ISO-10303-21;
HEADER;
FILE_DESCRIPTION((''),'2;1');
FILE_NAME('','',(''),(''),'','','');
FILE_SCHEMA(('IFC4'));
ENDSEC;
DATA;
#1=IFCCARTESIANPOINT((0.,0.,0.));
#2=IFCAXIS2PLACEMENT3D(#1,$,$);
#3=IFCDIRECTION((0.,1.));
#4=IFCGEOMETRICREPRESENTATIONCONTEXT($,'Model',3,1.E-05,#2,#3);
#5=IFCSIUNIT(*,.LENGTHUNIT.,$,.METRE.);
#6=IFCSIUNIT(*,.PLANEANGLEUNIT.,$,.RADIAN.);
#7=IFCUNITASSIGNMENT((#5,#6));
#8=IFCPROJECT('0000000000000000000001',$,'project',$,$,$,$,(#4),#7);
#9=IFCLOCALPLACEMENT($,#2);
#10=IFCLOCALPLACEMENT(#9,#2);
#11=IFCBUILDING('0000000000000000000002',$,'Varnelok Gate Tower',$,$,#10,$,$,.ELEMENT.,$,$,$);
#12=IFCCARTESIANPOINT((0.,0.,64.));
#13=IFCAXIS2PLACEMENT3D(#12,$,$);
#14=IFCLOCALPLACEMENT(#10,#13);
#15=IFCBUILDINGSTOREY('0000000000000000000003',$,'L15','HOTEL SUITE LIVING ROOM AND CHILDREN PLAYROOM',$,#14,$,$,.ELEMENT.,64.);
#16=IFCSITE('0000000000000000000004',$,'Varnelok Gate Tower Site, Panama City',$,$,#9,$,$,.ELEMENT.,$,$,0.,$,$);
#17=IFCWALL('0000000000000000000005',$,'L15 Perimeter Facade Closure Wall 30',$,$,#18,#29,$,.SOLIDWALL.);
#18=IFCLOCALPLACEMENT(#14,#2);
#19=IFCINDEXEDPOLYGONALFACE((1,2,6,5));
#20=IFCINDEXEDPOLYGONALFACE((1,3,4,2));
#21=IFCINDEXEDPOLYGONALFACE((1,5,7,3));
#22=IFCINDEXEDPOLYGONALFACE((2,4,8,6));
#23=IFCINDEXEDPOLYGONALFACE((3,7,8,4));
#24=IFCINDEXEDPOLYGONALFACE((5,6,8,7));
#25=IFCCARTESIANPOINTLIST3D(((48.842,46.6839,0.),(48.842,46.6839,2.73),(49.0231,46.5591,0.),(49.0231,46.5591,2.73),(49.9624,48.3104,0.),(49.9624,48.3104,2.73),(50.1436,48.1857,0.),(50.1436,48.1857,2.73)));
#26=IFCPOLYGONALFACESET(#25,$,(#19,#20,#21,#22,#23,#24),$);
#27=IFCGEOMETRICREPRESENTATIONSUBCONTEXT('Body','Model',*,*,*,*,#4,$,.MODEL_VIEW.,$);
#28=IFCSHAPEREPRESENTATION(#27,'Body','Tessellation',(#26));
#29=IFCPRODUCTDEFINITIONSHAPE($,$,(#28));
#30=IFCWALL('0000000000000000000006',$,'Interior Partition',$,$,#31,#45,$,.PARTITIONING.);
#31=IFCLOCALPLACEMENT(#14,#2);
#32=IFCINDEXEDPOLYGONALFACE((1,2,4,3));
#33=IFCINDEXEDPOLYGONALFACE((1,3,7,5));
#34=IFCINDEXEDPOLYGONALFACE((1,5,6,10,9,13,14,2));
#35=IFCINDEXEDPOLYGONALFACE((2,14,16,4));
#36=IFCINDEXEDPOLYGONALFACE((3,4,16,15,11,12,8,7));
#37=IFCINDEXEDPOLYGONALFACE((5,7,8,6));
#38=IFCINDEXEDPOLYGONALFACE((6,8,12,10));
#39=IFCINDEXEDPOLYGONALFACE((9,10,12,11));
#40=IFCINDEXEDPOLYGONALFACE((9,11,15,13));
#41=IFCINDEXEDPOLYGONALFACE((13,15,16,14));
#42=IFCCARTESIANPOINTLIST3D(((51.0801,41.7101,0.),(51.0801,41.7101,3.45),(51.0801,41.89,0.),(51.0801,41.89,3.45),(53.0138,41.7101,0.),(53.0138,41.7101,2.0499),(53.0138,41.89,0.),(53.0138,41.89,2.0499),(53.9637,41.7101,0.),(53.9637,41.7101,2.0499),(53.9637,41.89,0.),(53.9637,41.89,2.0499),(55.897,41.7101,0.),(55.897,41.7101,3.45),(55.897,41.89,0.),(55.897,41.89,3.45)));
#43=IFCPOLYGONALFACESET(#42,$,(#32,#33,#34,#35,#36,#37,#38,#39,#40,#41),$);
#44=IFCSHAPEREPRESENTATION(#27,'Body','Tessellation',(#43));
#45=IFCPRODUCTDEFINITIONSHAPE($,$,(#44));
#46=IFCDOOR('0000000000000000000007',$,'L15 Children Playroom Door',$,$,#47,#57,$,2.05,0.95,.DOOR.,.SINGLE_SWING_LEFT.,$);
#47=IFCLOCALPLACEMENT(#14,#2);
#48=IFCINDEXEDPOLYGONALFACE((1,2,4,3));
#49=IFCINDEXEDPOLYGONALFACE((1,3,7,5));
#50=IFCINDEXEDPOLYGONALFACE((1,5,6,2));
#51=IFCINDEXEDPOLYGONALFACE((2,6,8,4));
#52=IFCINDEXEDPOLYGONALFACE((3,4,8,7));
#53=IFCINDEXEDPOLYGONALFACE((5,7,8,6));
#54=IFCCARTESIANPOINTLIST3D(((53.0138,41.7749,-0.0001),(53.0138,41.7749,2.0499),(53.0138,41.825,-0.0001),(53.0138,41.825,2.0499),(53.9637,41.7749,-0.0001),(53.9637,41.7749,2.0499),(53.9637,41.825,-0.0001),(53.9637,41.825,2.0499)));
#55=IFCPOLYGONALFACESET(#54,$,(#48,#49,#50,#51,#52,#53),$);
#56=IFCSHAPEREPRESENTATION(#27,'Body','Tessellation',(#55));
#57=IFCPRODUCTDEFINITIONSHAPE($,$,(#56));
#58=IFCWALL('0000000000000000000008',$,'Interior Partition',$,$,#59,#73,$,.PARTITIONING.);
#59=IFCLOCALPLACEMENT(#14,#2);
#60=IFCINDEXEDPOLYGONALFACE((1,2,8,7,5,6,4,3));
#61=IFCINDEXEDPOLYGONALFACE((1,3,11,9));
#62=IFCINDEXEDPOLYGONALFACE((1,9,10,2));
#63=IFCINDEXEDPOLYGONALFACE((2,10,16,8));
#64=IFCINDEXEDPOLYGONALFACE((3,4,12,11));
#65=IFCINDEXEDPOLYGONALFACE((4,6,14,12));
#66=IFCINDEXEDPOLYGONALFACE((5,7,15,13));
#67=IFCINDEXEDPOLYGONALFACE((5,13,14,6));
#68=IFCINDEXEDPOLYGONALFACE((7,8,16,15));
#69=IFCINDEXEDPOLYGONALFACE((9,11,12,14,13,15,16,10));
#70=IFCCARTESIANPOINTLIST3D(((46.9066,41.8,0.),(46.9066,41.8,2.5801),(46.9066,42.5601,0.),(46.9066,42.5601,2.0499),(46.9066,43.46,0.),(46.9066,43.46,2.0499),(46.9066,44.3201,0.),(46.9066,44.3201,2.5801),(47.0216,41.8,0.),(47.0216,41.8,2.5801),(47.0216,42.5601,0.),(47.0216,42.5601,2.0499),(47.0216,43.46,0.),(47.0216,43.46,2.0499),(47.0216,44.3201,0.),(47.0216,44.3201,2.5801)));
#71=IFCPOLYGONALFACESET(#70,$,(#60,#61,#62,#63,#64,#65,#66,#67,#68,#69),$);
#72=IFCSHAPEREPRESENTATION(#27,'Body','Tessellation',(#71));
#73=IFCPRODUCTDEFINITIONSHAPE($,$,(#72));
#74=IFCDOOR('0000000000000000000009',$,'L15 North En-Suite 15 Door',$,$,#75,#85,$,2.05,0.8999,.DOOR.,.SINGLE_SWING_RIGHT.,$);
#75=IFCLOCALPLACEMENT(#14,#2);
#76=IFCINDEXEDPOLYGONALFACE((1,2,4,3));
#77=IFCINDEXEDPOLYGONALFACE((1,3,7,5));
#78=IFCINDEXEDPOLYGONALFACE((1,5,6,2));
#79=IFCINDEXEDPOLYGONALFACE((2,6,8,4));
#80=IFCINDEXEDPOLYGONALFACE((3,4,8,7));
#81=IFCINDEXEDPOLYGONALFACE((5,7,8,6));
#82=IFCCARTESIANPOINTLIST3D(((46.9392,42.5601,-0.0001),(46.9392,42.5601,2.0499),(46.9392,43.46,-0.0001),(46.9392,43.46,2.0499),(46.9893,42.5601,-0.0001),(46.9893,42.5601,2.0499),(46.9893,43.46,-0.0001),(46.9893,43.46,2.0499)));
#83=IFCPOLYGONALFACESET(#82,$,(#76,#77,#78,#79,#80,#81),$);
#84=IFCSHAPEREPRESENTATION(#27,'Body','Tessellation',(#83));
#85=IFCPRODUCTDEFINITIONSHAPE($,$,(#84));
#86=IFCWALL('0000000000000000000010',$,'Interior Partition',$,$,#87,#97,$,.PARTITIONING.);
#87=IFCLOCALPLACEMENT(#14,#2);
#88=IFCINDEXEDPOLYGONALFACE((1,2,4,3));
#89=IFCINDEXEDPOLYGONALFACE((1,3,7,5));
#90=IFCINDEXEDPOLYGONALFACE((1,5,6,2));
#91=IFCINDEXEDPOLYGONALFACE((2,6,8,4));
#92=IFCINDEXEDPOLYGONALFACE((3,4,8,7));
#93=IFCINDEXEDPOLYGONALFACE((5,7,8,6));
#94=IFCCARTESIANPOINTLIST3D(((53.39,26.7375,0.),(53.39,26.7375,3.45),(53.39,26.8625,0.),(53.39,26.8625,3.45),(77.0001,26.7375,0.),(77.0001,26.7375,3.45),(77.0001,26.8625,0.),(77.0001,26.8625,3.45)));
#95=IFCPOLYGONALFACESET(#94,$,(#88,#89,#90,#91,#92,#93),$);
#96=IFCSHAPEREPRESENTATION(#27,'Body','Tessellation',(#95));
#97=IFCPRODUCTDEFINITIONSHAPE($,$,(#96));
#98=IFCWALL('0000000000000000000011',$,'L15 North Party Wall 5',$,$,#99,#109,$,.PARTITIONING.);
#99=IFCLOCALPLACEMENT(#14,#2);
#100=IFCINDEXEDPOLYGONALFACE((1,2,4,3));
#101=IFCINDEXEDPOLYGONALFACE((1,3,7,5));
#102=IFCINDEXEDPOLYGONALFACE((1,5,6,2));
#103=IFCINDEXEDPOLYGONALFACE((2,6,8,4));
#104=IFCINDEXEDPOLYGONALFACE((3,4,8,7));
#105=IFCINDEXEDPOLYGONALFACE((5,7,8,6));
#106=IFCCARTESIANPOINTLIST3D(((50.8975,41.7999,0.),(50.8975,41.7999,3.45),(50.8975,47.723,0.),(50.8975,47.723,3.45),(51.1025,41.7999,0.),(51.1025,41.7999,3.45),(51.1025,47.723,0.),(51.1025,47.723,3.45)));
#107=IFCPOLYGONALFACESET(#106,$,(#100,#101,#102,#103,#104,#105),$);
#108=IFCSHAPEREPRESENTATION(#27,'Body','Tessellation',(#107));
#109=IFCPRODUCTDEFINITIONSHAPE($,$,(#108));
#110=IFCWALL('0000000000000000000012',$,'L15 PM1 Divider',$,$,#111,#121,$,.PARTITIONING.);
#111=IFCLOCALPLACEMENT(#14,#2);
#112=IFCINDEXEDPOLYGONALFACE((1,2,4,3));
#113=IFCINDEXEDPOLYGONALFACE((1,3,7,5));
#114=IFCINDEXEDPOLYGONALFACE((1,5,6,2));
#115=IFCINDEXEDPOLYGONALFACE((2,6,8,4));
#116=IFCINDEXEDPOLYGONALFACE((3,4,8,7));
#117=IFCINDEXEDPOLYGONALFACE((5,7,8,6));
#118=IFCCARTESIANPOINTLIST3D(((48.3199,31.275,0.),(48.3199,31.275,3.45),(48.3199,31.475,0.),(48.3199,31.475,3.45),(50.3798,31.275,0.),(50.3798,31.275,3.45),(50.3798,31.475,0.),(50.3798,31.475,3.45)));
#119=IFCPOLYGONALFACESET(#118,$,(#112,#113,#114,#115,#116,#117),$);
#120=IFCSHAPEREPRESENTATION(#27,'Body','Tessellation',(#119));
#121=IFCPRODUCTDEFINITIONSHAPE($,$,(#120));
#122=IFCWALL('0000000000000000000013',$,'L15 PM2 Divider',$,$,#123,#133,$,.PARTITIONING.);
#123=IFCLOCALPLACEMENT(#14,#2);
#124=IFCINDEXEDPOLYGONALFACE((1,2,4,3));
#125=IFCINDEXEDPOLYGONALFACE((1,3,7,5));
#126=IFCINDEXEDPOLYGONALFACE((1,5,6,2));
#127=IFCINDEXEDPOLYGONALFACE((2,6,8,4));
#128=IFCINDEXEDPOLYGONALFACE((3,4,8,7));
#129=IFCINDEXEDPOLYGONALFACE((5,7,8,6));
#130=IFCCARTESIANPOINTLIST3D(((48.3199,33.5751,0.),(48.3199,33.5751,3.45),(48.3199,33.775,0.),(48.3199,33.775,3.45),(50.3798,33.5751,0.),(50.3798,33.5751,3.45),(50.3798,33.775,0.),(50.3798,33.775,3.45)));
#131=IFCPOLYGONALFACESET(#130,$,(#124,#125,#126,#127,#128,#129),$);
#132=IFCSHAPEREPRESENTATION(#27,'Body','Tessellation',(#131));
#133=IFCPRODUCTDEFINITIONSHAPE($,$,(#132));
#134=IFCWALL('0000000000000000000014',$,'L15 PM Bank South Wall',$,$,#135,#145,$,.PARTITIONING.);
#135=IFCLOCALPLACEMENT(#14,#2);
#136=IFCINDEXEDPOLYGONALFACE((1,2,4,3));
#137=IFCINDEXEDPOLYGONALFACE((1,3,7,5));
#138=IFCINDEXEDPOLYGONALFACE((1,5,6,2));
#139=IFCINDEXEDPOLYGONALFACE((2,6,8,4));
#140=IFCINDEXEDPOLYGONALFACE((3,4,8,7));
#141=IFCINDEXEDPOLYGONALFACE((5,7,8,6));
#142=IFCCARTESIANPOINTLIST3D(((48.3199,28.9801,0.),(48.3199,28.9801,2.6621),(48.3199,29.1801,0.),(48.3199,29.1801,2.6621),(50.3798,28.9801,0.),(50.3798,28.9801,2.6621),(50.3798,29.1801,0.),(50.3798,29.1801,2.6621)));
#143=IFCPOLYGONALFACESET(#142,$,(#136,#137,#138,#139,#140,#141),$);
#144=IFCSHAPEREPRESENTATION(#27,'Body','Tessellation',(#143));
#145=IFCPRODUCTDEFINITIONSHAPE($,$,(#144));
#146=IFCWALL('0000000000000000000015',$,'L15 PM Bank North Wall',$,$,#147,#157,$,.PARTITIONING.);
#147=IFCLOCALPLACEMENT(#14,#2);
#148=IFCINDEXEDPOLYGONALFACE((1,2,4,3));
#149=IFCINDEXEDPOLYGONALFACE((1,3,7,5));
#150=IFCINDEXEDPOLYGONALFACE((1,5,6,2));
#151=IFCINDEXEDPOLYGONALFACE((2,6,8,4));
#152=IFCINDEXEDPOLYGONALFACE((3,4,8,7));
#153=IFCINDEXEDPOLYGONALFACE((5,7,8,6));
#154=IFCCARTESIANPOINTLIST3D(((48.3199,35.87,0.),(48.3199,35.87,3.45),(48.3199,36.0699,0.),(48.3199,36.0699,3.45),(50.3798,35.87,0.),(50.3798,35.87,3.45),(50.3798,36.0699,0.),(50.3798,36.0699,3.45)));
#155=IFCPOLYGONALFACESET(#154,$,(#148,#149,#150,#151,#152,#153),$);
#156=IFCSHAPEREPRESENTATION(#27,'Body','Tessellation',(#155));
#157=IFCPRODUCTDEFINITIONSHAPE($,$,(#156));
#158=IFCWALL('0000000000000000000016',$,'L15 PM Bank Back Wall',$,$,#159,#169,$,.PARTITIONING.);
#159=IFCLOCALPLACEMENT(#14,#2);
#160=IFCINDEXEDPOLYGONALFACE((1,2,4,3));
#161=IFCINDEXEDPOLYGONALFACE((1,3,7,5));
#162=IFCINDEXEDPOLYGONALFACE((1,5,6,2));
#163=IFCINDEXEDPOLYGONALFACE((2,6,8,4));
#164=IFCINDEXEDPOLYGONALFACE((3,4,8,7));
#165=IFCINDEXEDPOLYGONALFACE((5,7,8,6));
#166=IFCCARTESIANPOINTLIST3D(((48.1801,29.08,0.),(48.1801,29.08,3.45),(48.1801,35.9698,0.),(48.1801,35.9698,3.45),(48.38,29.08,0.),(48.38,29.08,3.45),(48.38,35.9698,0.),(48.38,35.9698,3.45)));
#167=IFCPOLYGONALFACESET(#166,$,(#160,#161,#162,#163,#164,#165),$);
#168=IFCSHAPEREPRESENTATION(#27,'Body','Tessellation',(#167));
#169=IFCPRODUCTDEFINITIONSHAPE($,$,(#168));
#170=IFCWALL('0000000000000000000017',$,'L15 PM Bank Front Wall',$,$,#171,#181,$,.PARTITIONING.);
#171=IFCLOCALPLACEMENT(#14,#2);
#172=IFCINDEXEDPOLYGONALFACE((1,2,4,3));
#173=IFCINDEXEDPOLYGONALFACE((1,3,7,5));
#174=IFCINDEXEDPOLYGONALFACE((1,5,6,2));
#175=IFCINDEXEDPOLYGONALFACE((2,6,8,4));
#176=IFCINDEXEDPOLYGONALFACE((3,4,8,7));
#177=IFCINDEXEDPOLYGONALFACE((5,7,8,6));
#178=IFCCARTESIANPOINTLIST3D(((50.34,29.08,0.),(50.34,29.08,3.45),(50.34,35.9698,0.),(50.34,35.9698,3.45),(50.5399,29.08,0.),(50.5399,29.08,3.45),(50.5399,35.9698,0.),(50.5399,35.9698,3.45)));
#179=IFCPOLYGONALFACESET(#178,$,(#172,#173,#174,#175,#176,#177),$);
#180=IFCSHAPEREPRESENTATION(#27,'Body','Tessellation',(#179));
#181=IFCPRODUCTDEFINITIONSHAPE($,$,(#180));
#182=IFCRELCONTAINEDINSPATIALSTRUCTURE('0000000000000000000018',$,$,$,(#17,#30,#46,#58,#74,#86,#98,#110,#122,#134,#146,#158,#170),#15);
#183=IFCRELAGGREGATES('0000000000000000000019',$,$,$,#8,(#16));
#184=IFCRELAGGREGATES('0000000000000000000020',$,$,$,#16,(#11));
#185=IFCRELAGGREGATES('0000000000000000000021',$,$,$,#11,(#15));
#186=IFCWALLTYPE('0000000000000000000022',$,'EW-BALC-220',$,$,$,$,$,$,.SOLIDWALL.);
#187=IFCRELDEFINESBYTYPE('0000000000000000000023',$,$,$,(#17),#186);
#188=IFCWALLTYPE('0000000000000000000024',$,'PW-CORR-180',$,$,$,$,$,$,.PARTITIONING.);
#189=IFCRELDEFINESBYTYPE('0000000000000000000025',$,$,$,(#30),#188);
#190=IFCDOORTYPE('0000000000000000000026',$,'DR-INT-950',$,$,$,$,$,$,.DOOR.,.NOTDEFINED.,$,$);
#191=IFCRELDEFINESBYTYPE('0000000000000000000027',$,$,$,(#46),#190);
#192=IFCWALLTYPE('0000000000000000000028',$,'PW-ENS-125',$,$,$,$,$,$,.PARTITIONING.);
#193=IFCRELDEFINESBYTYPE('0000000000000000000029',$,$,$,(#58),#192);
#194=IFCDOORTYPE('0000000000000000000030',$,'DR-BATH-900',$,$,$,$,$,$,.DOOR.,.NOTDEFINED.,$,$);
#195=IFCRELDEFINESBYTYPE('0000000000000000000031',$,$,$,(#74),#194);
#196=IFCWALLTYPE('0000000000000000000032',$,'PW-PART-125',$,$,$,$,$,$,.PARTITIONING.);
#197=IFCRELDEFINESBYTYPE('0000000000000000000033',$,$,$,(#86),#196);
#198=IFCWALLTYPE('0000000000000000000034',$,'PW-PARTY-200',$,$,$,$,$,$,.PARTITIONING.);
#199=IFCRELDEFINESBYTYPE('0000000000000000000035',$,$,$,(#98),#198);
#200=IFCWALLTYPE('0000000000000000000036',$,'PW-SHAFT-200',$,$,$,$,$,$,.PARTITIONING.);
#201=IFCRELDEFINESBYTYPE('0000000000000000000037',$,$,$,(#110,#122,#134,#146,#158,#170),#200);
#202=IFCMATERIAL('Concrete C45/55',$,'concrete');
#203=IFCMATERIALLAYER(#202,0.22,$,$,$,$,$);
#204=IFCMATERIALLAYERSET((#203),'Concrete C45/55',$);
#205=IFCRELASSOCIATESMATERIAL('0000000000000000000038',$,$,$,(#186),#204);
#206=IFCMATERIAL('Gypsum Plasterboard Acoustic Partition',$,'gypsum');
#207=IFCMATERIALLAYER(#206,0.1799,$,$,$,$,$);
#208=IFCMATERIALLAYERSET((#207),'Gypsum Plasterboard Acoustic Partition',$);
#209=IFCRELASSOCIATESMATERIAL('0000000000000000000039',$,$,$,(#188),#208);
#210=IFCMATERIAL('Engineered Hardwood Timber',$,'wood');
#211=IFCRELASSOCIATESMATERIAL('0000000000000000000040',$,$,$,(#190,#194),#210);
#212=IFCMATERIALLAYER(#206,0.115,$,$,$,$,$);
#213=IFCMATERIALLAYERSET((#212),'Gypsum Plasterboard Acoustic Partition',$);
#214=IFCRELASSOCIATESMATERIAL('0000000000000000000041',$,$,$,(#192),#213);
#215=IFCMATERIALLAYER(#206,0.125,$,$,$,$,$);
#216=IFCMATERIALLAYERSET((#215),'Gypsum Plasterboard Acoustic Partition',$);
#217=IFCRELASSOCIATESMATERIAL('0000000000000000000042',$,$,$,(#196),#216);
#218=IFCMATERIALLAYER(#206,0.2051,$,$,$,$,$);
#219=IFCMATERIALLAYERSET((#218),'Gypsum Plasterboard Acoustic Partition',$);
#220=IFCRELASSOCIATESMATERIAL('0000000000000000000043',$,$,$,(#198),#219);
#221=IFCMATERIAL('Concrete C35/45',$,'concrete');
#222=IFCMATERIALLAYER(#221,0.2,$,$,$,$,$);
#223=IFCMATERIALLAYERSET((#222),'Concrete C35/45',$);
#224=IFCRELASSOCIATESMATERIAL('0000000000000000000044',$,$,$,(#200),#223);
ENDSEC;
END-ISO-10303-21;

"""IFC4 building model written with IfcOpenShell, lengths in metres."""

from ifc_helpers import new_model, si_unit, direction, frame, frame_2d, origin, place, context, subcontext, project, spatial, rectangle, extrude, material, layer, layer_set, type_object, element, fill, save


model = new_model("IFC4")

# Units and contexts
model_context = context("Model", 3, precision=1e-05, world=origin(), true_north=direction((0.0, 1.0)))
body_context = subcontext(model_context, "Body", "Model", "MODEL_VIEW")
ifc_project = project(units=[si_unit("LENGTHUNIT", "METRE"), si_unit("PLANEANGLEUNIT", "RADIAN")], contexts=[model_context])

# Site, building, storey
site_placement = place(None, origin())
site = spatial("IfcSite", under=ifc_project, at=site_placement, Name="Varnelok Gate Tower Site, Panama City", CompositionType="ELEMENT", RefElevation=0.0)
building_placement = place(site_placement, origin())
building = spatial("IfcBuilding", under=site, at=building_placement, Name="Varnelok Gate Tower", CompositionType="ELEMENT")
storey_placement = place(building_placement, frame((0.0, 0.0, 64.0)))
storey = spatial("IfcBuildingStorey", under=building, at=storey_placement, Name="L15", Description="HOTEL SUITE LIVING ROOM AND CHILDREN PLAYROOM", CompositionType="ELEMENT", Elevation=64.0)

# Wall
ifc_material_1 = material(Name="Concrete C45/55", Category="concrete")
ifc_layer_1 = layer(ifc_material_1, 0.22)
ifc_layer_set_1 = layer_set([ifc_layer_1], Name="Concrete C45/55")
wall_type_1 = type_object("IfcWallType", Name="EW-BALC-220", PredefinedType="SOLIDWALL", material=ifc_layer_set_1)
wall_1_placement = place(storey_placement, frame((50.053, 48.248, 0.0), z_axis=(0.0, 0.0, 1.0), x_axis=(-0.567274, -0.823529, 0.0)))
element("IfcWall", 1, at=wall_1_placement, inside=storey, type_object=wall_type_1, Name="L15 Perimeter Facade Closure Wall 30", PredefinedType="SOLIDWALL", context=body_context, shape_type="SweptSolid", body=[
    extrude(rectangle(XDim=1.9751, YDim=0.22, at=frame_2d((0.9875, 0.0))), origin(), (0.0, 0.0, 1.0), 2.73),
])

# Walls, openings, doors
ifc_material_2 = material(Name="Gypsum Plasterboard Acoustic Partition", Category="gypsum")
ifc_layer_2 = layer(ifc_material_2, 0.1799)
ifc_layer_set_2 = layer_set([ifc_layer_2], Name="Gypsum Plasterboard Acoustic Partition")
wall_type_2 = type_object("IfcWallType", Name="PW-CORR-180", PredefinedType="PARTITIONING", material=ifc_layer_set_2)
wall_2_placement = place(storey_placement, frame((51.0801, 41.8, 0.0), z_axis=(0.0, 0.0, 1.0), x_axis=(1.0, 0.0, 0.0)))
wall_2 = element("IfcWall", 2, at=wall_2_placement, inside=storey, type_object=wall_type_2, Name="Interior Partition", PredefinedType="PARTITIONING", context=body_context, shape_type="SweptSolid", body=[
    extrude(rectangle(XDim=4.8169, YDim=0.1799, at=frame_2d((2.4084, 0.0))), origin(), (0.0, 0.0, 1.0), 3.45),
])
opening_1_placement = place(wall_2_placement, frame((1.9336, 0.0, 0.0)))
opening_1 = element("IfcOpeningElement", 3, at=opening_1_placement, cuts=wall_2, PredefinedType="OPENING", context=body_context, shape_type="SweptSolid", body=[
    extrude(rectangle(XDim=0.95, YDim=2.05, at=frame_2d((0.4751, 1.0249))), frame((0.0, 0.0999, 0.0), z_axis=(0.0, -1.0, 0.0), x_axis=(1.0, 0.0, 0.0)), (0.0, 0.0, 1.0), 0.2),
])
ifc_material_3 = material(Name="Engineered Hardwood Timber", Category="wood")
door_type_1 = type_object("IfcDoorType", Name="DR-INT-950", OperationType="NOTDEFINED", PredefinedType="DOOR", material=ifc_material_3)
door_1_placement = place(opening_1_placement, origin())
door_1 = element("IfcDoor", 4, at=door_1_placement, inside=storey, type_object=door_type_1, Name="L15 Children Playroom Door", OperationType="SINGLE_SWING_LEFT", OverallHeight=2.05, OverallWidth=0.95, PredefinedType="DOOR", context=body_context, shape_type="SweptSolid", body=[
    extrude(rectangle(XDim=0.95, YDim=2.05, at=frame_2d((0.4751, 1.0249))), frame((0.0, 0.0249, 0.0), z_axis=(0.0, -1.0, 0.0), x_axis=(1.0, 0.0, 0.0)), (0.0, 0.0, 1.0), 0.05),
])
fill(opening_1, door_1)
ifc_layer_3 = layer(ifc_material_2, 0.115)
ifc_layer_set_3 = layer_set([ifc_layer_3], Name="Gypsum Plasterboard Acoustic Partition")
wall_type_3 = type_object("IfcWallType", Name="PW-ENS-125", PredefinedType="PARTITIONING", material=ifc_layer_set_3)
wall_3_placement = place(storey_placement, frame((46.9641, 41.8, 0.0), z_axis=(0.0, 0.0, 1.0), x_axis=(0.0, 1.0, 0.0)))
wall_3 = element("IfcWall", 5, at=wall_3_placement, inside=storey, type_object=wall_type_3, Name="Interior Partition", PredefinedType="PARTITIONING", context=body_context, shape_type="SweptSolid", body=[
    extrude(rectangle(XDim=2.52, YDim=0.115, at=frame_2d((1.26, 0.0))), origin(), (0.0, 0.0, 1.0), 2.5801),
])
opening_2_placement = place(wall_3_placement, frame((0.76, 0.0, 0.0)))
opening_2 = element("IfcOpeningElement", 6, at=opening_2_placement, cuts=wall_3, PredefinedType="OPENING", context=body_context, shape_type="SweptSolid", body=[
    extrude(rectangle(XDim=0.8999, YDim=2.05, at=frame_2d((0.45, 1.0249))), frame((0.0, 0.0674, 0.0), z_axis=(0.0, -1.0, 0.0), x_axis=(1.0, 0.0, 0.0)), (0.0, 0.0, 1.0), 0.135),
])
door_type_2 = type_object("IfcDoorType", Name="DR-BATH-900", OperationType="NOTDEFINED", PredefinedType="DOOR", material=ifc_material_3)
door_2_placement = place(opening_2_placement, origin())
door_2 = element("IfcDoor", 7, at=door_2_placement, inside=storey, type_object=door_type_2, Name="L15 North En-Suite 15 Door", OperationType="SINGLE_SWING_RIGHT", OverallHeight=2.05, OverallWidth=0.8999, PredefinedType="DOOR", context=body_context, shape_type="SweptSolid", body=[
    extrude(rectangle(XDim=0.8999, YDim=2.05, at=frame_2d((0.45, 1.0249))), frame((0.0, 0.0249, 0.0), z_axis=(0.0, -1.0, 0.0), x_axis=(1.0, 0.0, 0.0)), (0.0, 0.0, 1.0), 0.05),
])
fill(opening_2, door_2)

# Walls
ifc_layer_4 = layer(ifc_material_2, 0.125)
ifc_layer_set_4 = layer_set([ifc_layer_4], Name="Gypsum Plasterboard Acoustic Partition")
wall_type_4 = type_object("IfcWallType", Name="PW-PART-125", PredefinedType="PARTITIONING", material=ifc_layer_set_4)
wall_4_placement = place(storey_placement, frame((53.3899, 26.8, 0.0), z_axis=(0.0, 0.0, 1.0), x_axis=(1.0, 0.0, 0.0)))
element("IfcWall", 8, at=wall_4_placement, inside=storey, type_object=wall_type_4, Name="Interior Partition", PredefinedType="PARTITIONING", context=body_context, shape_type="SweptSolid", body=[
    extrude(rectangle(XDim=23.6101, YDim=0.125, at=frame_2d((11.8052, 0.0))), origin(), (0.0, 0.0, 1.0), 3.45),
])
ifc_layer_5 = layer(ifc_material_2, 0.2051)
ifc_layer_set_5 = layer_set([ifc_layer_5], Name="Gypsum Plasterboard Acoustic Partition")
wall_type_5 = type_object("IfcWallType", Name="PW-PARTY-200", PredefinedType="PARTITIONING", material=ifc_layer_set_5)
wall_5_placement = place(storey_placement, frame((51.0, 41.8, 0.0), z_axis=(0.0, 0.0, 1.0), x_axis=(0.0, 1.0, 0.0)))
element("IfcWall", 9, at=wall_5_placement, inside=storey, type_object=wall_type_5, Name="L15 North Party Wall 5", PredefinedType="PARTITIONING", context=body_context, shape_type="SweptSolid", body=[
    extrude(rectangle(XDim=5.9231, YDim=0.2051, at=frame_2d((2.9614, 0.0))), origin(), (0.0, 0.0, 1.0), 3.45),
])
ifc_material_4 = material(Name="Concrete C35/45", Category="concrete")
ifc_layer_6 = layer(ifc_material_4, 0.2)
ifc_layer_set_6 = layer_set([ifc_layer_6], Name="Concrete C35/45")
wall_type_6 = type_object("IfcWallType", Name="PW-SHAFT-200", PredefinedType="PARTITIONING", material=ifc_layer_set_6)
for number, where, z_axis, x_axis, name in (
    (10, (48.3201, 31.375, 0.0), (0.0, 0.0, 1.0), (1.0, 0.0, 0.0), "L15 PM1 Divider"),
    (11, (48.3201, 33.675, 0.0), (0.0, 0.0, 1.0), (1.0, 0.0, 0.0), "L15 PM2 Divider"),
):
    element("IfcWall", number, at=place(storey_placement, frame(where, z_axis=z_axis, x_axis=x_axis)), inside=storey, type_object=wall_type_6, Name=name, PredefinedType="PARTITIONING", context=body_context, shape_type="SweptSolid", body=[
        extrude(rectangle(XDim=2.0598, YDim=0.2, at=frame_2d((1.0298, 0.0))), origin(), (0.0, 0.0, 1.0), 3.45),
    ])
wall_6_placement = place(storey_placement, frame((48.3201, 29.0801, 0.0), z_axis=(0.0, 0.0, 1.0), x_axis=(1.0, 0.0, 0.0)))
element("IfcWall", 12, at=wall_6_placement, inside=storey, type_object=wall_type_6, Name="L15 PM Bank South Wall", PredefinedType="PARTITIONING", context=body_context, shape_type="SweptSolid", body=[
    extrude(rectangle(XDim=2.0598, YDim=0.2, at=frame_2d((1.0298, 0.0))), origin(), (0.0, 0.0, 1.0), 2.6621),
])
wall_7_placement = place(storey_placement, frame((48.3201, 35.97, 0.0), z_axis=(0.0, 0.0, 1.0), x_axis=(1.0, 0.0, 0.0)))
element("IfcWall", 13, at=wall_7_placement, inside=storey, type_object=wall_type_6, Name="L15 PM Bank North Wall", PredefinedType="PARTITIONING", context=body_context, shape_type="SweptSolid", body=[
    extrude(rectangle(XDim=2.0598, YDim=0.2, at=frame_2d((1.0298, 0.0))), origin(), (0.0, 0.0, 1.0), 3.45),
])
for number, where, z_axis, x_axis, name in (
    (14, (48.28, 29.0801, 0.0), (0.0, 0.0, 1.0), (0.0, 1.0, 0.0), "L15 PM Bank Back Wall"),
    (15, (50.4399, 29.0801, 0.0), (0.0, 0.0, 1.0), (0.0, 1.0, 0.0), "L15 PM Bank Front Wall"),
):
    element("IfcWall", number, at=place(storey_placement, frame(where, z_axis=z_axis, x_axis=x_axis)), inside=storey, type_object=wall_type_6, Name=name, PredefinedType="PARTITIONING", context=body_context, shape_type="SweptSolid", body=[
        extrude(rectangle(XDim=6.8899, YDim=0.2, at=frame_2d((3.4448, 0.0))), origin(), (0.0, 0.0, 1.0), 3.45),
    ])

save(model, "model.ifc")
